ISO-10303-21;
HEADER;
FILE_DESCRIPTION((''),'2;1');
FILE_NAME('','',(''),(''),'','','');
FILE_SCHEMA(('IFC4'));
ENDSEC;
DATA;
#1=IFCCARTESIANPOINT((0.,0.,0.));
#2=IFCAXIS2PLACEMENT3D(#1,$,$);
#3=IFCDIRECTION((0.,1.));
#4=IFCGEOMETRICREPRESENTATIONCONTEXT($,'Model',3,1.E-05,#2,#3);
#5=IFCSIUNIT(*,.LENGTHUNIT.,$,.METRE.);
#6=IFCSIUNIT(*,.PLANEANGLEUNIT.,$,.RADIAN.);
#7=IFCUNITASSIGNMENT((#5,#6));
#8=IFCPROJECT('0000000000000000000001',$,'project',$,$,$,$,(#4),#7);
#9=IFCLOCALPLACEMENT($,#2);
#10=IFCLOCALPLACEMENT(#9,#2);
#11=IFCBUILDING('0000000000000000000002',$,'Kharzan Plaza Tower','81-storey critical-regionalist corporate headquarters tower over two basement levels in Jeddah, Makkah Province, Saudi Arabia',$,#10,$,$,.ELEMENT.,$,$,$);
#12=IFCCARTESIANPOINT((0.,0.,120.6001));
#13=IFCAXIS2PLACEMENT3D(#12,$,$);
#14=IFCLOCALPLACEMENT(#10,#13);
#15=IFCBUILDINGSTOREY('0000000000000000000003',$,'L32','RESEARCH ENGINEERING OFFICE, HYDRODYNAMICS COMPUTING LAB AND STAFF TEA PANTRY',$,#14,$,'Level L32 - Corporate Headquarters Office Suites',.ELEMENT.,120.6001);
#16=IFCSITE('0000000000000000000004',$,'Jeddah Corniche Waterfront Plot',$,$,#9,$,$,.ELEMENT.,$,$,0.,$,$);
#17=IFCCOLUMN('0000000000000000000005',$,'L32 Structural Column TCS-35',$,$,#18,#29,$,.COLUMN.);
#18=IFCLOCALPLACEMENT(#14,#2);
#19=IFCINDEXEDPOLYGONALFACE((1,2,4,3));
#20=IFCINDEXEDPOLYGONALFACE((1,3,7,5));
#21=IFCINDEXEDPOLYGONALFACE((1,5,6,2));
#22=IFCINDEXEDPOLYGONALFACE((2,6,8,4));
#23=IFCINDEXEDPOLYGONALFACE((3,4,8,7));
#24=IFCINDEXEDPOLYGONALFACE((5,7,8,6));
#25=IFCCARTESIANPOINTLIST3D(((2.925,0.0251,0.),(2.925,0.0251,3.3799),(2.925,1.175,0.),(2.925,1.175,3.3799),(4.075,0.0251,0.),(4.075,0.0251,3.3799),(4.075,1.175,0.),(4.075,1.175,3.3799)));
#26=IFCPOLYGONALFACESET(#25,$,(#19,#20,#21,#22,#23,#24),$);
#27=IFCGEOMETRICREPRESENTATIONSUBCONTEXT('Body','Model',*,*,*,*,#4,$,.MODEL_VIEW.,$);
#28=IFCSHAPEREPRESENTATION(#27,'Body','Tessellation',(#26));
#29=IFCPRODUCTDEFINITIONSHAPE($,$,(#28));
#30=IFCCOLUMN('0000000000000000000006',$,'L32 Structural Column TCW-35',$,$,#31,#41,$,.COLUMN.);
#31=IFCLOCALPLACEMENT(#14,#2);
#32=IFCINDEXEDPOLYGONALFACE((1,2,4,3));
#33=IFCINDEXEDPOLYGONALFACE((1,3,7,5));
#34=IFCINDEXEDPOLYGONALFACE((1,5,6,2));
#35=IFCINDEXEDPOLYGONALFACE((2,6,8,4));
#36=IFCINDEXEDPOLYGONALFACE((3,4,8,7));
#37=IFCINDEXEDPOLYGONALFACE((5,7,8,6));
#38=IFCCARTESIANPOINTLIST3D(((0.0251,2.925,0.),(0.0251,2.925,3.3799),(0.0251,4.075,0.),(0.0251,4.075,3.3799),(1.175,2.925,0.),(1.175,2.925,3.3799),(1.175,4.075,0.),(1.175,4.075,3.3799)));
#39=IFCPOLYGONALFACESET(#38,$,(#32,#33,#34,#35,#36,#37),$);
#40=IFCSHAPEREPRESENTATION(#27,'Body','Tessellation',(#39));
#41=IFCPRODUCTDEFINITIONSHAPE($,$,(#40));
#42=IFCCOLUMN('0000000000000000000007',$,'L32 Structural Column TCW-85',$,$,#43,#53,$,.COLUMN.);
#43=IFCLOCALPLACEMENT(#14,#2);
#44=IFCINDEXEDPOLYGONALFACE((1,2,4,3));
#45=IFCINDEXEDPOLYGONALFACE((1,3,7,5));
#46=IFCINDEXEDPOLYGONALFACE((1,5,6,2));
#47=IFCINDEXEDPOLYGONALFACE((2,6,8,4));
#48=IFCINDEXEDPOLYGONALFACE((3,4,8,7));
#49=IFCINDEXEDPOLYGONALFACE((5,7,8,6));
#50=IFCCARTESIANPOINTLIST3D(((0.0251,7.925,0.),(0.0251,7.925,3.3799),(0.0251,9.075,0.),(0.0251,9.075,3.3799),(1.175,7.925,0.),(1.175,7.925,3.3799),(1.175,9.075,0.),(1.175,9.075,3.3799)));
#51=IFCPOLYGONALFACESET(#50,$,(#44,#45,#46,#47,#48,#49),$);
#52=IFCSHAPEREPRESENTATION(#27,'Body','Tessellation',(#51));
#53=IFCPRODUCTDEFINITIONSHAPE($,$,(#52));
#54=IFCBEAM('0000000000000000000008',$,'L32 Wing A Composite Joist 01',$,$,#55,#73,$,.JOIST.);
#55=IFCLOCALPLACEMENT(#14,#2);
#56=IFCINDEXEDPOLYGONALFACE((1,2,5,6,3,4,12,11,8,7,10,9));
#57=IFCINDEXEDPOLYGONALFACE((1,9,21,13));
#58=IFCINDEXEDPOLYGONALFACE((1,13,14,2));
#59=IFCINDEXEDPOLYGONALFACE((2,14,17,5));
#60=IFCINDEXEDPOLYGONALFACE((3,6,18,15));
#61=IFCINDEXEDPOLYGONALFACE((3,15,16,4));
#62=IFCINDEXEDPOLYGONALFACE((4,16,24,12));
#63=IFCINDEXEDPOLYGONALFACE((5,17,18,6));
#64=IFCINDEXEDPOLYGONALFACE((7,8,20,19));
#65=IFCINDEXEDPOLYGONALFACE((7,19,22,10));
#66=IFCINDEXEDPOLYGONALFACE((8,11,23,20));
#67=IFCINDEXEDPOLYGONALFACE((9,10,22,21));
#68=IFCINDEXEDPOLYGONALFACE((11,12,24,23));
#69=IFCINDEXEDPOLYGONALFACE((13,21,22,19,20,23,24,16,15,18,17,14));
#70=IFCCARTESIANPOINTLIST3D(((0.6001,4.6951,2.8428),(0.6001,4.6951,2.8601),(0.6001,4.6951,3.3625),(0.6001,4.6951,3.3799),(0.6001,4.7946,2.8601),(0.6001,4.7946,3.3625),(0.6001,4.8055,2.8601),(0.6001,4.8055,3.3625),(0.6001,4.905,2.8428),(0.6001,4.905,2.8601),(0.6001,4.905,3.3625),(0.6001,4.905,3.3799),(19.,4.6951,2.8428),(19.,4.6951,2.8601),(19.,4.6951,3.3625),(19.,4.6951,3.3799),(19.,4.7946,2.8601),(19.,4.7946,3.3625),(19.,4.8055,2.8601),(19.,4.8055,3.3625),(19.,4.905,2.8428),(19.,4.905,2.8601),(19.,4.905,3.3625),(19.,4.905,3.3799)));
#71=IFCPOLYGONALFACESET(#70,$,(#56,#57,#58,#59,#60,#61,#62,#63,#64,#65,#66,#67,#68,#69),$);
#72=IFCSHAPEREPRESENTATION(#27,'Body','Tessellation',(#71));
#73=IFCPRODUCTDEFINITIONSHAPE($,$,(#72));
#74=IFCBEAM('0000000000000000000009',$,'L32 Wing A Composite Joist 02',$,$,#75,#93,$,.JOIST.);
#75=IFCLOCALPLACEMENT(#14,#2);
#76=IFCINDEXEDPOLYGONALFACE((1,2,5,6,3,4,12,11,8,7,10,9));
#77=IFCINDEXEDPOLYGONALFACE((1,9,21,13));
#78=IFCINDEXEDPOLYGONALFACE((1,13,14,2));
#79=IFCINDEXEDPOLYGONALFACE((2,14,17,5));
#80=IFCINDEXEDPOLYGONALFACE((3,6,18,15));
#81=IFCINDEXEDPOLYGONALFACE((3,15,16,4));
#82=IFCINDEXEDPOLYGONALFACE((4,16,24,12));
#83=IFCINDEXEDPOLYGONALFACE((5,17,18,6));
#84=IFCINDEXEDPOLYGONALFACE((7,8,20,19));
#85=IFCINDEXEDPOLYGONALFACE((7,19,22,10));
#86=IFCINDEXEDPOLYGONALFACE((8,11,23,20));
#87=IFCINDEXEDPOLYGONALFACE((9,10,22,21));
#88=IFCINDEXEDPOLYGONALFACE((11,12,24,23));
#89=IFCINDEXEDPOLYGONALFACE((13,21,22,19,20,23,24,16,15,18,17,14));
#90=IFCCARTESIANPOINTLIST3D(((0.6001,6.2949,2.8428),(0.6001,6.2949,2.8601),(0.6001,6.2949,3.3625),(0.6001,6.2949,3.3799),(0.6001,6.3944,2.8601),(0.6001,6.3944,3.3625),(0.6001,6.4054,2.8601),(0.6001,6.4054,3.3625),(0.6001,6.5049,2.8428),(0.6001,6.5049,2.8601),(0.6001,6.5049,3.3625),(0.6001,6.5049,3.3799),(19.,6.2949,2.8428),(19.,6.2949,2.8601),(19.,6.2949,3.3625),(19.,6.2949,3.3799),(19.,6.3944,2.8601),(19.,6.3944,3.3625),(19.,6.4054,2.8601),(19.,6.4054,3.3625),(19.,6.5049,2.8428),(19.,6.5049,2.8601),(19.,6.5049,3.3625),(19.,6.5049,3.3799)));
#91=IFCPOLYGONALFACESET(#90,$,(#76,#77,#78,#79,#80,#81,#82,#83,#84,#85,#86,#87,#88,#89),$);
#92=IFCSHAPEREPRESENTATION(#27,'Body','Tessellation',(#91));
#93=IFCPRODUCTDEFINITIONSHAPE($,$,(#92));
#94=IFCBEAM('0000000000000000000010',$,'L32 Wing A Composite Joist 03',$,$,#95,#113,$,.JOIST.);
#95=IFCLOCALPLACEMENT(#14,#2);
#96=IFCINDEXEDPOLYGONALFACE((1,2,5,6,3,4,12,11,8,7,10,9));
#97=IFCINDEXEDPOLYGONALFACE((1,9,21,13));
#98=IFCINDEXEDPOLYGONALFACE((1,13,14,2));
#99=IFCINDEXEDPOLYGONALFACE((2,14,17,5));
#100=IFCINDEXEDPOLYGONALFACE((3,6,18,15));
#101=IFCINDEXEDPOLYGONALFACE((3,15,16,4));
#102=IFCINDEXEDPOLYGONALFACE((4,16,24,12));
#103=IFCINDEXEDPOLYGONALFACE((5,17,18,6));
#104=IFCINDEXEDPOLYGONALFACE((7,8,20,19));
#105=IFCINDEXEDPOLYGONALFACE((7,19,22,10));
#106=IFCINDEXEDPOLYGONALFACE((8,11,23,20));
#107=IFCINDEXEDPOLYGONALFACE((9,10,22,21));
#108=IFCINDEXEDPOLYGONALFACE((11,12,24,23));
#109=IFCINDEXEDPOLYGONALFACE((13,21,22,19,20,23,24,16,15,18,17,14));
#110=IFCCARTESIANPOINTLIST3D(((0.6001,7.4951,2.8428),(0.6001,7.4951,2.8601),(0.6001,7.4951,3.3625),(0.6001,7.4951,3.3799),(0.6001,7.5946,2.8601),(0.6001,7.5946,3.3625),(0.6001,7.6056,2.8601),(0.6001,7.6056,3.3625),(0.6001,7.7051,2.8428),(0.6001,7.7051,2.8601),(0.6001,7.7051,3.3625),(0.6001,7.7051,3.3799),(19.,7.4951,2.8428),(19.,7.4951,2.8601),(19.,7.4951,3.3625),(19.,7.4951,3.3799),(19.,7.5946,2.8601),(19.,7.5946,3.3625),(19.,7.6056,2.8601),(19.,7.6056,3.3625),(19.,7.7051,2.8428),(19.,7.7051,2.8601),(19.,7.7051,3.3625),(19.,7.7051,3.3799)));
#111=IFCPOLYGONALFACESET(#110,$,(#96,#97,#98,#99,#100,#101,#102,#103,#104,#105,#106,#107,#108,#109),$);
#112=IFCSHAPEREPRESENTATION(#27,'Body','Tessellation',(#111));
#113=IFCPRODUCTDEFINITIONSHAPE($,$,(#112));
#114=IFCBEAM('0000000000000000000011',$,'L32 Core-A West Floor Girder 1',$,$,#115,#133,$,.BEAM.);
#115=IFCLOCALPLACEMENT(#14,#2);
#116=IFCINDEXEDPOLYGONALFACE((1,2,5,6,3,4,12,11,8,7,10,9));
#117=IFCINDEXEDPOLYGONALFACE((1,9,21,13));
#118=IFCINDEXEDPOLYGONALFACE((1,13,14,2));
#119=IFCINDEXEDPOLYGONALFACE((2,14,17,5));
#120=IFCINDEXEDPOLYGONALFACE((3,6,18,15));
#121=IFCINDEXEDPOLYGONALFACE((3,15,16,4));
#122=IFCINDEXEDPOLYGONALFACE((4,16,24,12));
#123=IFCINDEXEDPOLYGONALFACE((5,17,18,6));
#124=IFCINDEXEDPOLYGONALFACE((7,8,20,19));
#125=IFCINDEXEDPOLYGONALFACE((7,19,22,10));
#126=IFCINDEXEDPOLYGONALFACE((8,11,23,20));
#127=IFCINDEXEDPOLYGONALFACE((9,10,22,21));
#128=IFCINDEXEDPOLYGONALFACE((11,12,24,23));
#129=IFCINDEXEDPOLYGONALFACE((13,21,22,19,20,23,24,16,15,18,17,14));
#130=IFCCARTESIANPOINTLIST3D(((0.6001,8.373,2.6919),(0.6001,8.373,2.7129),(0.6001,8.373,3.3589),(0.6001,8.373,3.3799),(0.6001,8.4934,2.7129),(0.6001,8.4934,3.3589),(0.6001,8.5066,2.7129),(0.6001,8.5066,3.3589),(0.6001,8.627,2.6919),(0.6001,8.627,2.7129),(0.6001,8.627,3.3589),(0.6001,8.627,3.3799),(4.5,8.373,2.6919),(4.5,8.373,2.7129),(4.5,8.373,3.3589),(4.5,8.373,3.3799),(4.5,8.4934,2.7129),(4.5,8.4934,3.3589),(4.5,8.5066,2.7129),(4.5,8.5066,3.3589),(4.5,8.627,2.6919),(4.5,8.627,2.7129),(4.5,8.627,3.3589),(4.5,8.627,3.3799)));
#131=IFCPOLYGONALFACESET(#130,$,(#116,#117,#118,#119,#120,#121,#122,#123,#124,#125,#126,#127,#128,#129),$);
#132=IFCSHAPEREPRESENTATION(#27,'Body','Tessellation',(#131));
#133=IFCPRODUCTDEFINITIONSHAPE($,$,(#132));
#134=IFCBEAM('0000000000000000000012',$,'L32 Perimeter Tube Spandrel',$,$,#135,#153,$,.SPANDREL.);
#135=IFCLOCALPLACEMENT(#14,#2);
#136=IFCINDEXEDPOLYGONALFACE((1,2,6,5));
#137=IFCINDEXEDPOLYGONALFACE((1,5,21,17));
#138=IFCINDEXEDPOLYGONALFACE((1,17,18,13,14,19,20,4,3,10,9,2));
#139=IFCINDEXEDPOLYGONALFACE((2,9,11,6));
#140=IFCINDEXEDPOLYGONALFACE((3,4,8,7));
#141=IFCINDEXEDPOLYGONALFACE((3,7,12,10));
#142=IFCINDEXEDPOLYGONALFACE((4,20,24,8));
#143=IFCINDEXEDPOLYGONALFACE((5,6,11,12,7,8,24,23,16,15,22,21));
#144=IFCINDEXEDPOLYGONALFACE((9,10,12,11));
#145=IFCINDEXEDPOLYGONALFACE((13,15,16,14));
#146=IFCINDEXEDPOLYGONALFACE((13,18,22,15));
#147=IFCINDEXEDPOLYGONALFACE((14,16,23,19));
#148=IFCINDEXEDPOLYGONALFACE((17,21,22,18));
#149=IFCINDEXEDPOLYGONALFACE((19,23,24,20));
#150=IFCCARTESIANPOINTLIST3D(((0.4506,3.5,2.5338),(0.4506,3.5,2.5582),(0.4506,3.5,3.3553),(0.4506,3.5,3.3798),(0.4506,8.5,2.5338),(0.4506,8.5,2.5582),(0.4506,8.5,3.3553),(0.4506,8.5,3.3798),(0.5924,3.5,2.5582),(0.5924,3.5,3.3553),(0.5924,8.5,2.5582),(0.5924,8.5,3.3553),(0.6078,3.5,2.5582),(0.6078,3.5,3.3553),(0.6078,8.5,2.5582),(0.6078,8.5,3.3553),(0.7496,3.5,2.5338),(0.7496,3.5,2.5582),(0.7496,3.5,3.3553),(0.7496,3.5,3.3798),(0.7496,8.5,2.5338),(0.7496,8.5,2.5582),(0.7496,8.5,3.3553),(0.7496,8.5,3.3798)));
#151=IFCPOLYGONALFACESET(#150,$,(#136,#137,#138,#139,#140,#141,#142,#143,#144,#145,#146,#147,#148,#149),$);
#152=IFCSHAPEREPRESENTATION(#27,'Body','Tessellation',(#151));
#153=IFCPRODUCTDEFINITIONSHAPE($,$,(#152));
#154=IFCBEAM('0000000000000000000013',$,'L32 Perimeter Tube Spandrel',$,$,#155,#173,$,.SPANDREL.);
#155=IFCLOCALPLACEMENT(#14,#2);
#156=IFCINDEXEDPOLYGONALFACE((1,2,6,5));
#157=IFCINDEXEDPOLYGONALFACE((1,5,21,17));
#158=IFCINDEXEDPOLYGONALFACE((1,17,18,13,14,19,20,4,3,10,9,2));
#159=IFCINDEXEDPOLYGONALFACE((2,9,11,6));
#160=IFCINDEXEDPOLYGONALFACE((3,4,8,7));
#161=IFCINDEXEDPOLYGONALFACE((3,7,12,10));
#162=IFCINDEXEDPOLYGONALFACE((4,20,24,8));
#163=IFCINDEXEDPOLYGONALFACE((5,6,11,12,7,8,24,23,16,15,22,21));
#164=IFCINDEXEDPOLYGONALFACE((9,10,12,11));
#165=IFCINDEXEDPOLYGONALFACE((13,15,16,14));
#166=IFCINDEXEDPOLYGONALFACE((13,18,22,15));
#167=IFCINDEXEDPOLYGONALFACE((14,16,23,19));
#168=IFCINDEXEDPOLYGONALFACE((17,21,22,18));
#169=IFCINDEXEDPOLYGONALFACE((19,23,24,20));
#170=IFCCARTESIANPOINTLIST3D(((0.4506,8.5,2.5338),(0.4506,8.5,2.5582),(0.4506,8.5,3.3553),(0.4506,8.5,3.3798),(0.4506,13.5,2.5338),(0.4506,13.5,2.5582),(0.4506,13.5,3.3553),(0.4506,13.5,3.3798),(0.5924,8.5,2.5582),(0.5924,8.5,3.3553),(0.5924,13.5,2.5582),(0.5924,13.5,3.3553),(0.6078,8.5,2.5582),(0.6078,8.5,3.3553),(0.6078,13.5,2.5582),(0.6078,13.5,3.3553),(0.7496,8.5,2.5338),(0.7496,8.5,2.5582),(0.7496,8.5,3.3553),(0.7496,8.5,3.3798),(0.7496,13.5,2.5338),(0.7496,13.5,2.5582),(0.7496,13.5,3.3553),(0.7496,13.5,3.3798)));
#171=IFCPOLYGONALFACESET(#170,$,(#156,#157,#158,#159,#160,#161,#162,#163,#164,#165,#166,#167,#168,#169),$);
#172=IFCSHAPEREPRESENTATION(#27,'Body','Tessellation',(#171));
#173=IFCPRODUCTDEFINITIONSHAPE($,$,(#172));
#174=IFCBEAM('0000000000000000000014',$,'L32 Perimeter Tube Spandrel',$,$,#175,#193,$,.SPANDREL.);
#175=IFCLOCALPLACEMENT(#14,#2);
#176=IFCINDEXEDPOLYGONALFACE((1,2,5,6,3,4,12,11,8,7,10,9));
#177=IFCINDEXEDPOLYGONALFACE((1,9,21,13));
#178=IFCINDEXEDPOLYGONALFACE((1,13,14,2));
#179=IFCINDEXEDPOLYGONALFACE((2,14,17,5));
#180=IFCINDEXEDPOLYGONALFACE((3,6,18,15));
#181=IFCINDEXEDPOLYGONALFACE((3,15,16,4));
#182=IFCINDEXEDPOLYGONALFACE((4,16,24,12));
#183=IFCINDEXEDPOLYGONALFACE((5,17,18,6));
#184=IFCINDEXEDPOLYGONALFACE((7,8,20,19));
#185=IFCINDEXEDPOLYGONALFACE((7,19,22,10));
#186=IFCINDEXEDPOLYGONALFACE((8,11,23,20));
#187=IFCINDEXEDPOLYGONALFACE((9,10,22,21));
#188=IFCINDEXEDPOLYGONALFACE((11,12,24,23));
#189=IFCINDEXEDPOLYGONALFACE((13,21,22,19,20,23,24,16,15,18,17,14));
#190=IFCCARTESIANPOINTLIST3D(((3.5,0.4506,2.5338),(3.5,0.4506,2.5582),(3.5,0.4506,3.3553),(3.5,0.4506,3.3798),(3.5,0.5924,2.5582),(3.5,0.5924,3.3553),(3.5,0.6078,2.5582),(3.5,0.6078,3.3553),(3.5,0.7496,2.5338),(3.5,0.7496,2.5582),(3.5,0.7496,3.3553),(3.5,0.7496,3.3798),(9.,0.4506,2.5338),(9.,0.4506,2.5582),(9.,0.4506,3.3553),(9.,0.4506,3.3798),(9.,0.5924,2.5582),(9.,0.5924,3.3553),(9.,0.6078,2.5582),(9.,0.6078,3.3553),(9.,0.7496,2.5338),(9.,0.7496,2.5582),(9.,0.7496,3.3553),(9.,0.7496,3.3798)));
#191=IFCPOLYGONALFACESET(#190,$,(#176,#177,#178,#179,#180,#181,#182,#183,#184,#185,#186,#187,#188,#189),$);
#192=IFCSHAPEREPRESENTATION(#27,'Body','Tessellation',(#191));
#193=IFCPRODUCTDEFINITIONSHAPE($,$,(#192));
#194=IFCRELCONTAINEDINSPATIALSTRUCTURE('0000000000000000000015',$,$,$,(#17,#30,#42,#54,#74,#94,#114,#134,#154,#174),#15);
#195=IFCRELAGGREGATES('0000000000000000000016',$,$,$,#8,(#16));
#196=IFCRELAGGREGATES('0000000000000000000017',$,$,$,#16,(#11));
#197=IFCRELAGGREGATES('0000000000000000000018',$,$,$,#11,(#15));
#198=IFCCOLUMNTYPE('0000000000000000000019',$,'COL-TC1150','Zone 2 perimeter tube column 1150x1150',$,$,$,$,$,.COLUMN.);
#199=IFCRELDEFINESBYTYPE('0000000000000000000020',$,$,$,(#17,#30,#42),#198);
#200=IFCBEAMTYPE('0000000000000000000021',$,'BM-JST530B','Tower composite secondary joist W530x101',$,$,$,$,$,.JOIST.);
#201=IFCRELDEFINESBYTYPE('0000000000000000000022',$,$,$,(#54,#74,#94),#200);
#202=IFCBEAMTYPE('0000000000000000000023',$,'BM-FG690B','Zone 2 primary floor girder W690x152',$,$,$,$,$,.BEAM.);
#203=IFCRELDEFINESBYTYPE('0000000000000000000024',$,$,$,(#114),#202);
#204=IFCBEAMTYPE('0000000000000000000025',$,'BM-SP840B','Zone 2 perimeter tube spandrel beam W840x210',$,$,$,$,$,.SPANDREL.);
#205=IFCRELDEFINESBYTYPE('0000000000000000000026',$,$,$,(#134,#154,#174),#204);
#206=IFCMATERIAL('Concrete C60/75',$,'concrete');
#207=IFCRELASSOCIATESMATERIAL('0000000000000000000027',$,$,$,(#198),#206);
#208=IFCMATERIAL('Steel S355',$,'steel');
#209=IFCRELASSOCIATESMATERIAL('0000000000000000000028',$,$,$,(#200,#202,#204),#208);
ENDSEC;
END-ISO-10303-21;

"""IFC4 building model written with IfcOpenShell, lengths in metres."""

from ifc_helpers import new_model, si_unit, direction, frame, origin, origin_2d, place, context, subcontext, project, spatial, rectangle, i_section, extrude, source, transform, mapped, material, material_profile, profile_set, type_object, element, save


model = new_model("IFC4")

# Units and contexts
model_context = context("Model", 3, precision=1e-05, world=origin(), true_north=direction((0.0, 1.0)))
body_context = subcontext(model_context, "Body", "Model", "MODEL_VIEW")
ifc_project = project(units=[si_unit("LENGTHUNIT", "METRE"), si_unit("PLANEANGLEUNIT", "RADIAN")], contexts=[model_context])

# Site, building, storey
site_placement = place(None, origin())
site = spatial("IfcSite", under=ifc_project, at=site_placement, Name="Jeddah Corniche Waterfront Plot", CompositionType="ELEMENT", RefElevation=0.0)
building_placement = place(site_placement, origin())
building = spatial("IfcBuilding", under=site, at=building_placement, Name="Kharzan Plaza Tower", Description="81-storey critical-regionalist corporate headquarters tower over two basement levels in Jeddah, Makkah Province, Saudi Arabia", CompositionType="ELEMENT")
storey_placement = place(building_placement, frame((0.0, 0.0, 120.6001)))
storey = spatial("IfcBuildingStorey", under=building, at=storey_placement, Name="L32", Description="RESEARCH ENGINEERING OFFICE, HYDRODYNAMICS COMPUTING LAB AND STAFF TEA PANTRY", LongName="Level L32 - Corporate Headquarters Office Suites", CompositionType="ELEMENT", Elevation=120.6001)

# Columns
ifc_material_1 = material(Name="Concrete C60/75", Category="concrete")
ifc_material_profile_1 = material_profile(ifc_material_1, rectangle(XDim=1.1499, YDim=1.1499, at=origin_2d()), Name="RC-TC1150x1150")
ifc_profile_set_1 = profile_set([ifc_material_profile_1], Name="Concrete C60/75")
column_type = type_object("IfcColumnType", Name="COL-TC1150", Description="Zone 2 perimeter tube column 1150x1150", PredefinedType="COLUMN", material=ifc_profile_set_1)
shared_shape_1 = source(origin(), body_context, "Body", "SweptSolid", [
    extrude(rectangle(XDim=1.1499, YDim=1.1499, at=origin_2d()), origin(), (0.0, 0.0, 1.0), 3.3799),
])
for number, where, z_axis, x_axis, name in (
    (1, (3.5, 0.6001, 0.0), (0.0, 0.0, 1.0), (1.0, 0.0, 0.0), "L32 Structural Column TCS-35"),
    (2, (0.6001, 3.5, 0.0), (0.0, 0.0, 1.0), (1.0, 0.0, 0.0), "L32 Structural Column TCW-35"),
    (3, (0.6001, 8.5, 0.0), (0.0, 0.0, 1.0), (1.0, 0.0, 0.0), "L32 Structural Column TCW-85"),
):
    element("IfcColumn", number, at=place(storey_placement, frame(where, z_axis=z_axis, x_axis=x_axis)), inside=storey, type_object=column_type, Name=name, PredefinedType="COLUMN", context=body_context, shape_type="MappedRepresentation", body=[
        mapped(shared_shape_1, transform((0.0, 0.0, 0.0), x_axis=(1.0, 0.0, 0.0), y_axis=(0.0, 1.0, 0.0), z_axis=(0.0, 0.0, 1.0))),
    ])

# Beams
ifc_material_2 = material(Name="Steel S355", Category="steel")
ifc_material_profile_2 = material_profile(ifc_material_2, i_section(OverallWidth=0.21, OverallDepth=0.5371, WebThickness=0.011, FlangeThickness=0.0173, at=origin_2d()), Name="W530x101")
ifc_profile_set_2 = profile_set([ifc_material_profile_2], Name="Steel S355")
beam_type_1 = type_object("IfcBeamType", Name="BM-JST530B", Description="Tower composite secondary joist W530x101", PredefinedType="JOIST", material=ifc_profile_set_2)
shared_shape_2 = source(origin(), body_context, "Body", "SweptSolid", [
    extrude(i_section(OverallWidth=0.21, OverallDepth=0.5371, WebThickness=0.011, FlangeThickness=0.0173, at=origin_2d()), origin(), (0.0, 0.0, 1.0), 18.3999),
])
for number, where, z_axis, x_axis, name in (
    (4, (0.6001, 4.8, 3.1113), (1.0, 0.0, 0.0), (0.0, 1.0, 0.0), "L32 Wing A Composite Joist 01"),
    (5, (0.6001, 6.3999, 3.1113), (1.0, 0.0, 0.0), (0.0, 1.0, 0.0), "L32 Wing A Composite Joist 02"),
    (6, (0.6001, 7.6001, 3.1113), (1.0, 0.0, 0.0), (0.0, 1.0, 0.0), "L32 Wing A Composite Joist 03"),
):
    element("IfcBeam", number, at=place(storey_placement, frame(where, z_axis=z_axis, x_axis=x_axis)), inside=storey, type_object=beam_type_1, Name=name, PredefinedType="JOIST", context=body_context, shape_type="MappedRepresentation", body=[
        mapped(shared_shape_2, transform((0.0, 0.0, 0.0), x_axis=(1.0, 0.0, 0.0), y_axis=(0.0, 1.0, 0.0), z_axis=(0.0, 0.0, 1.0))),
    ])
ifc_material_profile_3 = material_profile(ifc_material_2, i_section(OverallWidth=0.2539, OverallDepth=0.688, WebThickness=0.0132, FlangeThickness=0.021, at=origin_2d()), Name="W690x152")
ifc_profile_set_3 = profile_set([ifc_material_profile_3], Name="Steel S355")
beam_type_2 = type_object("IfcBeamType", Name="BM-FG690B", Description="Zone 2 primary floor girder W690x152", PredefinedType="BEAM", material=ifc_profile_set_3)
shared_shape_3 = source(origin(), body_context, "Body", "SweptSolid", [
    extrude(i_section(OverallWidth=0.2539, OverallDepth=0.688, WebThickness=0.0132, FlangeThickness=0.021, at=origin_2d()), origin(), (0.0, 0.0, 1.0), 3.8999),
])
beam_1_placement = place(storey_placement, frame((0.6001, 8.5, 3.0359), z_axis=(1.0, 0.0, 0.0), x_axis=(0.0, 1.0, 0.0)))
element("IfcBeam", 7, at=beam_1_placement, inside=storey, type_object=beam_type_2, Name="L32 Core-A West Floor Girder 1", PredefinedType="BEAM", context=body_context, shape_type="MappedRepresentation", body=[
    mapped(shared_shape_3, transform((0.0, 0.0, 0.0), x_axis=(1.0, 0.0, 0.0), y_axis=(0.0, 1.0, 0.0), z_axis=(0.0, 0.0, 1.0))),
])
ifc_material_profile_4 = material_profile(ifc_material_2, i_section(OverallWidth=0.2991, OverallDepth=0.8459, WebThickness=0.0154, FlangeThickness=0.0244, at=origin_2d()), Name="W840x210")
ifc_profile_set_4 = profile_set([ifc_material_profile_4], Name="Steel S355")
beam_type_3 = type_object("IfcBeamType", Name="BM-SP840B", Description="Zone 2 perimeter tube spandrel beam W840x210", PredefinedType="SPANDREL", material=ifc_profile_set_4)
shared_shape_4 = source(origin(), body_context, "Body", "SweptSolid", [
    extrude(i_section(OverallWidth=0.2991, OverallDepth=0.8459, WebThickness=0.0154, FlangeThickness=0.0244, at=origin_2d()), origin(), (0.0, 0.0, 1.0), 5.0),
])
for number, where, z_axis, x_axis, name in (
    (8, (0.6001, 3.5, 2.9568), (0.0, 1.0, 0.0), (-1.0, 0.0, 0.0), "L32 Perimeter Tube Spandrel"),
    (9, (0.6001, 8.5, 2.9568), (0.0, 1.0, 0.0), (-1.0, 0.0, 0.0), "L32 Perimeter Tube Spandrel"),
):
    element("IfcBeam", number, at=place(storey_placement, frame(where, z_axis=z_axis, x_axis=x_axis)), inside=storey, type_object=beam_type_3, Name=name, PredefinedType="SPANDREL", context=body_context, shape_type="MappedRepresentation", body=[
        mapped(shared_shape_4, transform((0.0, 0.0, 0.0), x_axis=(1.0, 0.0, 0.0), y_axis=(0.0, 1.0, 0.0), z_axis=(0.0, 0.0, 1.0))),
    ])
shared_shape_5 = source(origin(), body_context, "Body", "SweptSolid", [
    extrude(i_section(OverallWidth=0.2991, OverallDepth=0.8459, WebThickness=0.0154, FlangeThickness=0.0244, at=origin_2d()), origin(), (0.0, 0.0, 1.0), 5.5),
])
beam_2_placement = place(storey_placement, frame((3.5, 0.6001, 2.9568), z_axis=(1.0, 0.0, 0.0), x_axis=(0.0, 1.0, 0.0)))
element("IfcBeam", 10, at=beam_2_placement, inside=storey, type_object=beam_type_3, Name="L32 Perimeter Tube Spandrel", PredefinedType="SPANDREL", context=body_context, shape_type="MappedRepresentation", body=[
    mapped(shared_shape_5, transform((0.0, 0.0, 0.0), x_axis=(1.0, 0.0, 0.0), y_axis=(0.0, 1.0, 0.0), z_axis=(0.0, 0.0, 1.0))),
])

save(model, "model.ifc")
